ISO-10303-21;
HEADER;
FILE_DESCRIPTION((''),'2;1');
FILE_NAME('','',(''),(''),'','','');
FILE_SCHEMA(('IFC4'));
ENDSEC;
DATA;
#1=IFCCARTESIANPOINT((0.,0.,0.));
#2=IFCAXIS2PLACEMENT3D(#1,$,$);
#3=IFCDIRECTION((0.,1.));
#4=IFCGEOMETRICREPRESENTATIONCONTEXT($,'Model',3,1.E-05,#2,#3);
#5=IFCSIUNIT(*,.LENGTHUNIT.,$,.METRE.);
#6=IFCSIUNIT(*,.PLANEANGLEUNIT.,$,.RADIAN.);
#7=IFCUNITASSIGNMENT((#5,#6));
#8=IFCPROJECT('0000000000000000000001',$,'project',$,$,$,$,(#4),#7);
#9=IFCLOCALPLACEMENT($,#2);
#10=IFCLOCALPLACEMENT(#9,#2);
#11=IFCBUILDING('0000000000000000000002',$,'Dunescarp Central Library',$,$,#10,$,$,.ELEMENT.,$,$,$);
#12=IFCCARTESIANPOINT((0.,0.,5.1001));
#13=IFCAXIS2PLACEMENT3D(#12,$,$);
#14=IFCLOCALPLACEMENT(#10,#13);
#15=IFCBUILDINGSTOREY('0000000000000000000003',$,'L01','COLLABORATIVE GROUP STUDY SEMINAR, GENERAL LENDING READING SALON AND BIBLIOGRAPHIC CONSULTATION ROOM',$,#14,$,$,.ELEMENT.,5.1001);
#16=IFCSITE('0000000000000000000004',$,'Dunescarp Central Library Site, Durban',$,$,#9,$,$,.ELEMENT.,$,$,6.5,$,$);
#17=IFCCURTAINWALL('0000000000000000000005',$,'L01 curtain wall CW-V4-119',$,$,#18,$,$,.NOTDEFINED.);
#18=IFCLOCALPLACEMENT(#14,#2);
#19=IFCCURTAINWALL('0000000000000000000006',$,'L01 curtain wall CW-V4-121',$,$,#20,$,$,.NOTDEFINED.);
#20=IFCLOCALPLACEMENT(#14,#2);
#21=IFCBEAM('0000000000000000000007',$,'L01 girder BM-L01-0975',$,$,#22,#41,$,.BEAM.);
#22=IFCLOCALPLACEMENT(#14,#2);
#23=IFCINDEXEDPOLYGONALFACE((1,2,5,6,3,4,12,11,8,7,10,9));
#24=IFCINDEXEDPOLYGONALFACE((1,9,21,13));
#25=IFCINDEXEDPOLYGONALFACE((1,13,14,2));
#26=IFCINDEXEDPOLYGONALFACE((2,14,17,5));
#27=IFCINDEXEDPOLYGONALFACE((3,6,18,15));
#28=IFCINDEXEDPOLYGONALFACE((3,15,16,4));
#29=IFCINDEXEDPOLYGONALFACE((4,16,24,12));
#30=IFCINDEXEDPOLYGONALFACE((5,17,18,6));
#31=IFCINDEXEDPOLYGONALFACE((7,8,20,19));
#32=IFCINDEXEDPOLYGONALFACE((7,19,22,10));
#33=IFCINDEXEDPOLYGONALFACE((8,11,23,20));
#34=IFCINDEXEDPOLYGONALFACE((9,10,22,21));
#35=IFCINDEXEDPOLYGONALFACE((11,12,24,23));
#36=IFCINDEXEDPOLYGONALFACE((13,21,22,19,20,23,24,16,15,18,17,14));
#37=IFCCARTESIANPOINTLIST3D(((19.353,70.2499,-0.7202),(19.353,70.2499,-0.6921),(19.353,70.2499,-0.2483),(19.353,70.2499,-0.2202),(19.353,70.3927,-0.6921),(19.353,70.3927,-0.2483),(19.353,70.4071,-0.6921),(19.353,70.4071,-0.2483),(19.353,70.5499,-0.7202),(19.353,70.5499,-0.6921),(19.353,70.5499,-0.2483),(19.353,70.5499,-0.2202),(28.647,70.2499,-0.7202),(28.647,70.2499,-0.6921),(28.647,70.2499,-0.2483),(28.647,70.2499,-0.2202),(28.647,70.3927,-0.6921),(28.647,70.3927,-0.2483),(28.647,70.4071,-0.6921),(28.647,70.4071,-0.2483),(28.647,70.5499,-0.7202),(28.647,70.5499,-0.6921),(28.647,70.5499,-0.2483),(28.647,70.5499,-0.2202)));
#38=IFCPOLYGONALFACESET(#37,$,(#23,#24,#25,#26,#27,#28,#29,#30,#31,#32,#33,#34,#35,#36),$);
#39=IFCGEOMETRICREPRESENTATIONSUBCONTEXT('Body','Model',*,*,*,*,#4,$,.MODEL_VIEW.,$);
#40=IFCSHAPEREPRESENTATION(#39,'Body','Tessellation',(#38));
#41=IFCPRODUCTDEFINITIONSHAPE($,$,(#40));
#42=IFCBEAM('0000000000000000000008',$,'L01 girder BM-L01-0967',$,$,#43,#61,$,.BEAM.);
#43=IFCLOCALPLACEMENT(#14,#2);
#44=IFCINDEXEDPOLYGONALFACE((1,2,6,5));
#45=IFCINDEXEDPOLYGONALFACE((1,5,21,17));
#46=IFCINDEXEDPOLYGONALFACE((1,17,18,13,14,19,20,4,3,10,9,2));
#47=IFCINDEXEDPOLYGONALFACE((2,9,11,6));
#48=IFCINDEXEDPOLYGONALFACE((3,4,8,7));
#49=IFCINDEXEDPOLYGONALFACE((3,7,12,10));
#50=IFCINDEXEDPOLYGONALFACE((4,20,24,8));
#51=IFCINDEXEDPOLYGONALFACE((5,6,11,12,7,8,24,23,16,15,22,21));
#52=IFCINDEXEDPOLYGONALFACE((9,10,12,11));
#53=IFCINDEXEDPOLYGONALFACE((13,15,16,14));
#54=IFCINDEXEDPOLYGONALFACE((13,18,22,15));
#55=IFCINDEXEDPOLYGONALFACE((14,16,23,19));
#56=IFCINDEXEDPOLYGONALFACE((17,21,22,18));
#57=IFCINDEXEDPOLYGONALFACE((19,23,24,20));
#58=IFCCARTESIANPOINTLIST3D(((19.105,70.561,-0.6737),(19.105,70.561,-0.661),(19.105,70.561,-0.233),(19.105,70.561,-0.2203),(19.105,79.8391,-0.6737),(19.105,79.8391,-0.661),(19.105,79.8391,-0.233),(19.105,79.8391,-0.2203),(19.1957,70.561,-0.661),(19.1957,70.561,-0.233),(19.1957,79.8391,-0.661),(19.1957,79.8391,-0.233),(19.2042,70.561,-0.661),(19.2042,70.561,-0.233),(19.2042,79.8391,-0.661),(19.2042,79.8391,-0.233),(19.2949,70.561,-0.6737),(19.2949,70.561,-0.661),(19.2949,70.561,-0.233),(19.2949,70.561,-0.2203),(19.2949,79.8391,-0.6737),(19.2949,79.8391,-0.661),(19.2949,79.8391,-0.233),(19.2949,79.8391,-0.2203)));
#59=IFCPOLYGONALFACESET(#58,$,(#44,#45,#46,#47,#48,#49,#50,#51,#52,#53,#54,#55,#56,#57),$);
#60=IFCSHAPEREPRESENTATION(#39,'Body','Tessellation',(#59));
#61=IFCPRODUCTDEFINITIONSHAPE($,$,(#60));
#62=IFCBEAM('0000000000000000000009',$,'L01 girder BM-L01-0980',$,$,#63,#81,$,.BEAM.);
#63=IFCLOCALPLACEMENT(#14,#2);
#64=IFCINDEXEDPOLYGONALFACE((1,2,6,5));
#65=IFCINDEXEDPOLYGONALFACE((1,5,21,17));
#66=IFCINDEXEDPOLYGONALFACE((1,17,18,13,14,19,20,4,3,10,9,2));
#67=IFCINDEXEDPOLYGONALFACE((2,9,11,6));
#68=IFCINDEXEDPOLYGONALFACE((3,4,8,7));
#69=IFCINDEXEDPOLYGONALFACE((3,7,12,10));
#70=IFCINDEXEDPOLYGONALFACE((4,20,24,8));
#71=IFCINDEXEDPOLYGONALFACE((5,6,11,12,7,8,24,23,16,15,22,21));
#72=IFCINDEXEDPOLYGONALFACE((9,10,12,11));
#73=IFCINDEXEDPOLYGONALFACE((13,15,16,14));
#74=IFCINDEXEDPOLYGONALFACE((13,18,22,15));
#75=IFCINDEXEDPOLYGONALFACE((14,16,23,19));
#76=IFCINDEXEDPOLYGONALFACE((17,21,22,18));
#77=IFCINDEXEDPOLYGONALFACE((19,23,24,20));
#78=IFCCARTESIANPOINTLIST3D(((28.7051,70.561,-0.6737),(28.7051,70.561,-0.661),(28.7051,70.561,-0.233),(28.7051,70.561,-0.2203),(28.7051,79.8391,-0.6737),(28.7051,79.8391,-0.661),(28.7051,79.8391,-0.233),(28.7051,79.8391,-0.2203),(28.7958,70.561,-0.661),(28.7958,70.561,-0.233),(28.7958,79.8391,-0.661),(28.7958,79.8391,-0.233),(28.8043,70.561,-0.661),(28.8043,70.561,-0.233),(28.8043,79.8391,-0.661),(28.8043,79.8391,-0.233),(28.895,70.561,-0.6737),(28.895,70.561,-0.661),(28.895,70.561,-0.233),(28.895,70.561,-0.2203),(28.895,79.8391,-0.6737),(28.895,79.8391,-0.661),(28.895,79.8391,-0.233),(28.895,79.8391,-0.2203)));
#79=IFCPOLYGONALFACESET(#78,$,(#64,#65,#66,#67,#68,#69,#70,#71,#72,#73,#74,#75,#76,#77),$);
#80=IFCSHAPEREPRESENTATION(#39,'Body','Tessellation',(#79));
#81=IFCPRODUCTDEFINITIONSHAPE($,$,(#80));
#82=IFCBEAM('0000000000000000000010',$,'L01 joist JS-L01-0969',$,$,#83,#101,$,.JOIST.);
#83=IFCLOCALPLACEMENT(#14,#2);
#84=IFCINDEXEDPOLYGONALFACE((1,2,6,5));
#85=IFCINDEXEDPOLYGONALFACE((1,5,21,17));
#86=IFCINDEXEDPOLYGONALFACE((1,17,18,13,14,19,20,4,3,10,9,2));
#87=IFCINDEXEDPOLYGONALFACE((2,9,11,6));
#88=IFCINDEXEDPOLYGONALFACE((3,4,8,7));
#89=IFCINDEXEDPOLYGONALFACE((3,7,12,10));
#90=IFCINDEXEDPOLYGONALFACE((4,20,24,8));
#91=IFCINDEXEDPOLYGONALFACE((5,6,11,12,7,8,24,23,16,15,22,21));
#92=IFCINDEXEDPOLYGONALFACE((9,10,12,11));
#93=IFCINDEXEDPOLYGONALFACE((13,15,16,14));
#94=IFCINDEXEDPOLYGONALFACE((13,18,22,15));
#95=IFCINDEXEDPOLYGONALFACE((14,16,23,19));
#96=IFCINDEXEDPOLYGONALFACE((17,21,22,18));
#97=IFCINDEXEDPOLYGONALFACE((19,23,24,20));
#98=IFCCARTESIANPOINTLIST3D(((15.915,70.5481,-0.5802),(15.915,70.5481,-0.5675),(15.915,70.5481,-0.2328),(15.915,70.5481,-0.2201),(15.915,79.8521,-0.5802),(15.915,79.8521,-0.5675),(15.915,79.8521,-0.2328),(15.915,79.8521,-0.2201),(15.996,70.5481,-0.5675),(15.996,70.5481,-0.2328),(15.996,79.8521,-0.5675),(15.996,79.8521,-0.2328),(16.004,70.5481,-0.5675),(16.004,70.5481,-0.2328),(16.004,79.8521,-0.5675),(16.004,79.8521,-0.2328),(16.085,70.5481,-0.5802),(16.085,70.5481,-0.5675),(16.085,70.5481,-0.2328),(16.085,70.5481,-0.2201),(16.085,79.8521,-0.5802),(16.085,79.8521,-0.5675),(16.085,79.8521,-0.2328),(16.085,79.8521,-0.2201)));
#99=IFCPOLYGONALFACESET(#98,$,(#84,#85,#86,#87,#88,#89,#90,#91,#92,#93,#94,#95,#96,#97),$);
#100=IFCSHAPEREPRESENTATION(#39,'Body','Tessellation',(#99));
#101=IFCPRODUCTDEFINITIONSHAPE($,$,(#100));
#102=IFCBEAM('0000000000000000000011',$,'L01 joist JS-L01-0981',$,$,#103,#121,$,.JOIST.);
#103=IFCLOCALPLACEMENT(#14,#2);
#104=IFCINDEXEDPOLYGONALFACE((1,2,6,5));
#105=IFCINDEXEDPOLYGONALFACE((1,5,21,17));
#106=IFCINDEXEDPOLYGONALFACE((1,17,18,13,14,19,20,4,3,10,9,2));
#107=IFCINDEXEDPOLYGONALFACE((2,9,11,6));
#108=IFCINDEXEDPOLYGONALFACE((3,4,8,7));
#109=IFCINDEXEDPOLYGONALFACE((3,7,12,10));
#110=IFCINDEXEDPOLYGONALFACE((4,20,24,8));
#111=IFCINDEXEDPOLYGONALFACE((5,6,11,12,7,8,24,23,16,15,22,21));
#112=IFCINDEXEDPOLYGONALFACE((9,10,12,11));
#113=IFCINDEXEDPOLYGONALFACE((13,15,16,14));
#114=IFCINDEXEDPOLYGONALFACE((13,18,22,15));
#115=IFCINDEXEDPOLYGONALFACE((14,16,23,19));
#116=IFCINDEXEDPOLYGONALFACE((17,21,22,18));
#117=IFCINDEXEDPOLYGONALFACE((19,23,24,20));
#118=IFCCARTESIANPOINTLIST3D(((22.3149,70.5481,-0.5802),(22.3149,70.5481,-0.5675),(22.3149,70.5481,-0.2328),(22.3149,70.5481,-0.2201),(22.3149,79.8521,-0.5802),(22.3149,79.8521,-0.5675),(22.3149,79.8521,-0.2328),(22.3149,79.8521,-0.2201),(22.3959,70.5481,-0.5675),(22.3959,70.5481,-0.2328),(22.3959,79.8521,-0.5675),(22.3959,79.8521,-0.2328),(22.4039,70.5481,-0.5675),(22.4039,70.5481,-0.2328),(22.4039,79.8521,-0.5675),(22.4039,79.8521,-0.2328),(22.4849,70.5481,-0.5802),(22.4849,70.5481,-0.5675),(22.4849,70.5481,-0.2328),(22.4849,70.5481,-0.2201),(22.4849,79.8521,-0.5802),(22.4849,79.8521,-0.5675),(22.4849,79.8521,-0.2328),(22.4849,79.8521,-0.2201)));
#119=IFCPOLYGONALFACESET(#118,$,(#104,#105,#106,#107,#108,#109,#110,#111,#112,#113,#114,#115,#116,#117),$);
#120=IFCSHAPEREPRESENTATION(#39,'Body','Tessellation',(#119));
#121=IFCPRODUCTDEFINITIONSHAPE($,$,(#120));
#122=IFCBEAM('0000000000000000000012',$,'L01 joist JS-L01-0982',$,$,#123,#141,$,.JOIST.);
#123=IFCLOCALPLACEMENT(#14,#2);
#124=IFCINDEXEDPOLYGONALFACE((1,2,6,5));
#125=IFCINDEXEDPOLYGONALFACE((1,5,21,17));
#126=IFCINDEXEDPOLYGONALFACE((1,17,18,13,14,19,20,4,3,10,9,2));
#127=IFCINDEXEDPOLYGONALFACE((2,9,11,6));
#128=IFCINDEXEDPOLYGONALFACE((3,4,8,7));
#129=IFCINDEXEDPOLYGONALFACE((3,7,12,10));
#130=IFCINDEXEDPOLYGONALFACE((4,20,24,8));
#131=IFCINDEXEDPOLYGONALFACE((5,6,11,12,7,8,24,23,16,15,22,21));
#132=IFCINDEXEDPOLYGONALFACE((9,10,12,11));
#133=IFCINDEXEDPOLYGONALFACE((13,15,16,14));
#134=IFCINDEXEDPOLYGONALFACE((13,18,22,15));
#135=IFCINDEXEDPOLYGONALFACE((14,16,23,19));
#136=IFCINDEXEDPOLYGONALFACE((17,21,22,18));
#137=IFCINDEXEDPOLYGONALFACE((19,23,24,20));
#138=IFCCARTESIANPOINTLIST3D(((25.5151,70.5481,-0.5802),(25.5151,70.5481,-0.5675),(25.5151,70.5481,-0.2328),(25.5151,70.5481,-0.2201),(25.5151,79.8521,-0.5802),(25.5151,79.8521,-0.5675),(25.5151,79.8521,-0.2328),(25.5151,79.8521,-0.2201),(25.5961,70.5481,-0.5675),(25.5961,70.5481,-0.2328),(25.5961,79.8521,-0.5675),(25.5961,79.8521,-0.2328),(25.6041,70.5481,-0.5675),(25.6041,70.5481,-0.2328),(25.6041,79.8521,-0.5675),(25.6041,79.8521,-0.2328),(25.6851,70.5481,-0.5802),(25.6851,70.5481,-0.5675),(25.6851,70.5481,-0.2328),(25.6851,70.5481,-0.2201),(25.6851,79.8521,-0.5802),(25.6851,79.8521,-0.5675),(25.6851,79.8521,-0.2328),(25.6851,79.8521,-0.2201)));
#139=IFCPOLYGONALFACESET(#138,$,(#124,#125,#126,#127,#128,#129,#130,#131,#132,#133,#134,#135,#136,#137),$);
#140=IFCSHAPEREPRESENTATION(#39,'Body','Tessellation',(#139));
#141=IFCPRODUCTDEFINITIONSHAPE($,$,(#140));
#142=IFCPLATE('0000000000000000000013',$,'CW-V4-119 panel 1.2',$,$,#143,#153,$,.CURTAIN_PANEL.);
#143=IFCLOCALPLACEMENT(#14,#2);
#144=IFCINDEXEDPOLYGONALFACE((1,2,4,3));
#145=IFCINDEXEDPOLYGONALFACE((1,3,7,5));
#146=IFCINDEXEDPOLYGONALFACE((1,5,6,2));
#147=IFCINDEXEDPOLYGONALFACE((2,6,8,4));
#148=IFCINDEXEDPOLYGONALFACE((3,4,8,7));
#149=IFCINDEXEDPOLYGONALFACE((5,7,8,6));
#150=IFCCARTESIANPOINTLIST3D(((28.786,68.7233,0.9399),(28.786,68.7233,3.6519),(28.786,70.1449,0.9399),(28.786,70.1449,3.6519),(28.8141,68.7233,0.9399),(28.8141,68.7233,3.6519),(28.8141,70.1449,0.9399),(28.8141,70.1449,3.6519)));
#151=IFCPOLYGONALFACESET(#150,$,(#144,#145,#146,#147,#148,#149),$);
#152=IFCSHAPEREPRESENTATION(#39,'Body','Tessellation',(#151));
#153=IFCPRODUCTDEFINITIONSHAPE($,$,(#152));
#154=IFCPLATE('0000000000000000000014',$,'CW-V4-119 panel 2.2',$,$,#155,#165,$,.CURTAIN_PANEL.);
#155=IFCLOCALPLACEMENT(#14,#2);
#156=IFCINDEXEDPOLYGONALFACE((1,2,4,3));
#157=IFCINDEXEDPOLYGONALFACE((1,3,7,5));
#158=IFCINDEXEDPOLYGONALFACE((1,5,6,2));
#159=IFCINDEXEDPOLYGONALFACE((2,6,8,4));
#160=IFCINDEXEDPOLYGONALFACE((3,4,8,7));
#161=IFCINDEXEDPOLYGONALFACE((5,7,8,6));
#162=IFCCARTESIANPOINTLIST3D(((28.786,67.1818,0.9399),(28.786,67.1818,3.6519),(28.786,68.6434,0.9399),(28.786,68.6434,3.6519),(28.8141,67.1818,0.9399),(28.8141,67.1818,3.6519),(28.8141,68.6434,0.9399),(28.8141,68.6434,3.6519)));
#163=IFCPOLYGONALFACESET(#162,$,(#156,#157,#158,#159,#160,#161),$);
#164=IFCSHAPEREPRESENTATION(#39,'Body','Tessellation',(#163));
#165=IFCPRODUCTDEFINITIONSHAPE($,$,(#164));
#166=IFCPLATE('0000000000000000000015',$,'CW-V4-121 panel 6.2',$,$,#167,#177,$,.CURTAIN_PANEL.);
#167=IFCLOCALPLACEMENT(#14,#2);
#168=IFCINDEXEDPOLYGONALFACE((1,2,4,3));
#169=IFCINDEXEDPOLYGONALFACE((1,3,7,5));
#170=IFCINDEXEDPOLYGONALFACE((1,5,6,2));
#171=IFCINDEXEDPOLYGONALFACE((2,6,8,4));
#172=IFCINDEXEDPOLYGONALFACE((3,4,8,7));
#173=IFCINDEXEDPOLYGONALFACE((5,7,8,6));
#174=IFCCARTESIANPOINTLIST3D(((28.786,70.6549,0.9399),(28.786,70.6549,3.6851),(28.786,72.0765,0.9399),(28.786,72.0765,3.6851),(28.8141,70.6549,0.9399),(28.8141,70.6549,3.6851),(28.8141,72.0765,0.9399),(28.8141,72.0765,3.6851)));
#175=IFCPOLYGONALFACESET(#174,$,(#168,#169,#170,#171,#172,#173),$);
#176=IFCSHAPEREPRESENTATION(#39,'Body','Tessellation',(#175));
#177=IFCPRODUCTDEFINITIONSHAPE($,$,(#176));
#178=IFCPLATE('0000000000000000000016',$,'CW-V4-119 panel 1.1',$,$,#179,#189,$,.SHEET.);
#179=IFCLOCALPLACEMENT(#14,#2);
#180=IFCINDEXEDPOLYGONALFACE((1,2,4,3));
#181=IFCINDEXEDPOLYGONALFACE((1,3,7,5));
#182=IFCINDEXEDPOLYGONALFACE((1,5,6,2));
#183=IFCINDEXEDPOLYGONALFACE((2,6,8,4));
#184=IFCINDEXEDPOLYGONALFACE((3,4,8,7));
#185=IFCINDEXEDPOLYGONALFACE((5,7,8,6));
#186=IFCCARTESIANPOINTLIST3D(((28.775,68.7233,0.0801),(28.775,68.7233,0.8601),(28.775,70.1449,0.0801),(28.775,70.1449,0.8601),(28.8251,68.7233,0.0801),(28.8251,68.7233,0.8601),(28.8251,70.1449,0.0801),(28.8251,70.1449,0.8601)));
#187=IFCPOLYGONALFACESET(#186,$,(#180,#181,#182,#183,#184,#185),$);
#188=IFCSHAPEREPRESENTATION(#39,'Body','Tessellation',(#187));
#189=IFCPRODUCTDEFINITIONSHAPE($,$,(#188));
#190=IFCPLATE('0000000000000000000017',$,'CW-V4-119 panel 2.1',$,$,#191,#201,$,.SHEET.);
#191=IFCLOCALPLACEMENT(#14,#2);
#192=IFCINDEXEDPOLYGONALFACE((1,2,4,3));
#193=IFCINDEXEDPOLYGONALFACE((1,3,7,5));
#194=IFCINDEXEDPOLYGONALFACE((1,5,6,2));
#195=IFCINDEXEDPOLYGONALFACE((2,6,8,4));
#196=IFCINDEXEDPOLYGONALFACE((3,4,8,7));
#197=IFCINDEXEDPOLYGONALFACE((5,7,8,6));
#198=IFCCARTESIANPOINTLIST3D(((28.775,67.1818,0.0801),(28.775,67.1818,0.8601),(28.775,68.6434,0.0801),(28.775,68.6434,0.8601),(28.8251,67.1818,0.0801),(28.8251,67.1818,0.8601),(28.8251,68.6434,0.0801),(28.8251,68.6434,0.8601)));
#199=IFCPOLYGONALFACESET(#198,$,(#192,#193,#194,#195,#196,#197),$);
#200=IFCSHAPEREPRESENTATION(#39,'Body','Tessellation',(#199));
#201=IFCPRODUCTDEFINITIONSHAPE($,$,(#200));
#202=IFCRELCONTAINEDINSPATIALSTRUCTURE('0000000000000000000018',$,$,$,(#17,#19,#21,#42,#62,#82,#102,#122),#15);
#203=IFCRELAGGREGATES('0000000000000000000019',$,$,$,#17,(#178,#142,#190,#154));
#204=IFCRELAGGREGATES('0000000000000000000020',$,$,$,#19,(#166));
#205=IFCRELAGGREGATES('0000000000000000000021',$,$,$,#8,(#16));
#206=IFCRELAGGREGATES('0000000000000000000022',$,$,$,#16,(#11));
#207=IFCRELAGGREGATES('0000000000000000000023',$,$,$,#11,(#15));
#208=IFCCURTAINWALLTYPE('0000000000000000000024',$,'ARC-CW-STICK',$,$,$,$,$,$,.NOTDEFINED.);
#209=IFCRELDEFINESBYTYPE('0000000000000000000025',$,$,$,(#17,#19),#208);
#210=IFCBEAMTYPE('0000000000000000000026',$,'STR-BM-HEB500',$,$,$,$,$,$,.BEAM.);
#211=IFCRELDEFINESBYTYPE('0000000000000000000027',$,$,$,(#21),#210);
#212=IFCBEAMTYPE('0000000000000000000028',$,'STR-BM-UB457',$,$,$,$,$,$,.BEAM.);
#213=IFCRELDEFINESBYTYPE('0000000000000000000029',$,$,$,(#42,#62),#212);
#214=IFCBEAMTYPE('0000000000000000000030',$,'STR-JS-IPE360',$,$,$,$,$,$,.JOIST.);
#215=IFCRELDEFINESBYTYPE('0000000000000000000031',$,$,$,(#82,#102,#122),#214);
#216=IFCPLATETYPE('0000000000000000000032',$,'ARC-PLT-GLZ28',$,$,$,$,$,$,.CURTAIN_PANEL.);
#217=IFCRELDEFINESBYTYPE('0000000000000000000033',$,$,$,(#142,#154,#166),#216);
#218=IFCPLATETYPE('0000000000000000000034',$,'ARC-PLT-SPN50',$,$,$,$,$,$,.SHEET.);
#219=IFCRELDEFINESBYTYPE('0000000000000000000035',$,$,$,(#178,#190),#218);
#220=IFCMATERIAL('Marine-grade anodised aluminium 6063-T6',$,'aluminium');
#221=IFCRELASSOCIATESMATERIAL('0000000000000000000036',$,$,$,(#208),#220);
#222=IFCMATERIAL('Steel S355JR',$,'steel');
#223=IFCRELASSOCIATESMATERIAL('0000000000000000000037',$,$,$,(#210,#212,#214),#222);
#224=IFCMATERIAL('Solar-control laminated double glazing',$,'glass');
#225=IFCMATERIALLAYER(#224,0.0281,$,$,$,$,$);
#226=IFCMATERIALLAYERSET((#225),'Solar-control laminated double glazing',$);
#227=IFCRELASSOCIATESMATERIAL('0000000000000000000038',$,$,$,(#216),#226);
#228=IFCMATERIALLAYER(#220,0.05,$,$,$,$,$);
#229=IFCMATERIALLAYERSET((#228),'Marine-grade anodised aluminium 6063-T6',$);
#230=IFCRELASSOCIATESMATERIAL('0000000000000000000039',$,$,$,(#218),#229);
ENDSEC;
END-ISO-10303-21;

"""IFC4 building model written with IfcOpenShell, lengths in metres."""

from ifc_helpers import new_model, si_unit, direction, frame, origin, origin_2d, place, context, subcontext, project, spatial, rectangle, i_section, extrude, material, layer, layer_set, material_profile, profile_set, type_object, element, aggregate, save


model = new_model("IFC4")

# Units and contexts
model_context = context("Model", 3, precision=1e-05, world=origin(), true_north=direction((0.0, 1.0)))
body_context = subcontext(model_context, "Body", "Model", "MODEL_VIEW")
ifc_project = project(units=[si_unit("LENGTHUNIT", "METRE"), si_unit("PLANEANGLEUNIT", "RADIAN")], contexts=[model_context])

# Site, building, storey
site_placement = place(None, origin())
site = spatial("IfcSite", under=ifc_project, at=site_placement, Name="Dunescarp Central Library Site, Durban", CompositionType="ELEMENT", RefElevation=6.5)
building_placement = place(site_placement, origin())
building = spatial("IfcBuilding", under=site, at=building_placement, Name="Dunescarp Central Library", CompositionType="ELEMENT")
storey_placement = place(building_placement, frame((0.0, 0.0, 5.1001)))
storey = spatial("IfcBuildingStorey", under=building, at=storey_placement, Name="L01", Description="COLLABORATIVE GROUP STUDY SEMINAR, GENERAL LENDING READING SALON AND BIBLIOGRAPHIC CONSULTATION ROOM", CompositionType="ELEMENT", Elevation=5.1001)

# Shared definitions
ifc_material_1 = material(Name="Steel S355JR", Category="steel")

# Curtain wall
ifc_material_2 = material(Name="Marine-grade anodised aluminium 6063-T6", Category="aluminium")
curtain_wall_type = type_object("IfcCurtainWallType", Name="ARC-CW-STICK", PredefinedType="NOTDEFINED", material=ifc_material_2)
curtain_wall_1_placement = place(storey_placement, origin())
curtain_wall_1 = element("IfcCurtainWall", 1, at=curtain_wall_1_placement, inside=storey, type_object=curtain_wall_type, Name="L01 curtain wall CW-V4-119", PredefinedType="NOTDEFINED")

# Curtain wall
curtain_wall_2_placement = place(storey_placement, origin())
curtain_wall_2 = element("IfcCurtainWall", 2, at=curtain_wall_2_placement, inside=storey, type_object=curtain_wall_type, Name="L01 curtain wall CW-V4-121", PredefinedType="NOTDEFINED")

# Beams
ifc_material_profile_1 = material_profile(ifc_material_1, i_section(OverallWidth=0.3, OverallDepth=0.5, WebThickness=0.0144, FlangeThickness=0.0281, at=origin_2d()), Name="HEB 500")
ifc_profile_set_1 = profile_set([ifc_material_profile_1], Name="Steel S355JR")
beam_type_1 = type_object("IfcBeamType", Name="STR-BM-HEB500", PredefinedType="BEAM", material=ifc_profile_set_1)
beam_placement = place(storey_placement, frame((19.353, 70.3999, -0.4702), z_axis=(1.0, 0.0, 0.0), x_axis=(0.0, 1.0, 0.0)))
element("IfcBeam", 3, at=beam_placement, inside=storey, type_object=beam_type_1, Name="L01 girder BM-L01-0975", PredefinedType="BEAM", context=body_context, shape_type="SweptSolid", body=[
    extrude(i_section(OverallWidth=0.3, OverallDepth=0.5, WebThickness=0.0144, FlangeThickness=0.0281, at=origin_2d()), origin(), (0.0, 0.0, 1.0), 9.2939),
])
ifc_material_profile_2 = material_profile(ifc_material_1, i_section(OverallWidth=0.1899, OverallDepth=0.4534, WebThickness=0.0085, FlangeThickness=0.0127, at=origin_2d()), Name="UB 457x191x67")
ifc_profile_set_2 = profile_set([ifc_material_profile_2], Name="Steel S355JR")
beam_type_2 = type_object("IfcBeamType", Name="STR-BM-UB457", PredefinedType="BEAM", material=ifc_profile_set_2)
for number, where, z_axis, x_axis, name in (
    (4, (19.2, 70.561, -0.447), (0.0, 1.0, 0.0), (-1.0, 0.0, 0.0), "L01 girder BM-L01-0967"),
    (5, (28.8, 70.561, -0.447), (0.0, 1.0, 0.0), (-1.0, 0.0, 0.0), "L01 girder BM-L01-0980"),
):
    element("IfcBeam", number, at=place(storey_placement, frame(where, z_axis=z_axis, x_axis=x_axis)), inside=storey, type_object=beam_type_2, Name=name, PredefinedType="BEAM", context=body_context, shape_type="SweptSolid", body=[
        extrude(i_section(OverallWidth=0.1899, OverallDepth=0.4534, WebThickness=0.0085, FlangeThickness=0.0127, at=origin_2d()), origin(), (0.0, 0.0, 1.0), 9.2781),
    ])
ifc_material_profile_3 = material_profile(ifc_material_1, i_section(OverallWidth=0.1699, OverallDepth=0.3601, WebThickness=0.0081, FlangeThickness=0.0127, at=origin_2d()), Name="IPE 360")
ifc_profile_set_3 = profile_set([ifc_material_profile_3], Name="Steel S355JR")
beam_type_3 = type_object("IfcBeamType", Name="STR-JS-IPE360", PredefinedType="JOIST", material=ifc_profile_set_3)
for number, where, z_axis, x_axis, name in (
    (6, (16.0, 70.5481, -0.4001), (0.0, 1.0, 0.0), (-1.0, 0.0, 0.0), "L01 joist JS-L01-0969"),
    (7, (22.3999, 70.5481, -0.4001), (0.0, 1.0, 0.0), (-1.0, 0.0, 0.0), "L01 joist JS-L01-0981"),
    (8, (25.6001, 70.5481, -0.4001), (0.0, 1.0, 0.0), (-1.0, 0.0, 0.0), "L01 joist JS-L01-0982"),
):
    element("IfcBeam", number, at=place(storey_placement, frame(where, z_axis=z_axis, x_axis=x_axis)), inside=storey, type_object=beam_type_3, Name=name, PredefinedType="JOIST", context=body_context, shape_type="SweptSolid", body=[
        extrude(i_section(OverallWidth=0.1699, OverallDepth=0.3601, WebThickness=0.0081, FlangeThickness=0.0127, at=origin_2d()), origin(), (0.0, 0.0, 1.0), 9.304),
    ])

# Plates
ifc_material_3 = material(Name="Solar-control laminated double glazing", Category="glass")
ifc_layer_1 = layer(ifc_material_3, 0.0281)
ifc_layer_set_1 = layer_set([ifc_layer_1], Name="Solar-control laminated double glazing")
plate_type_1 = type_object("IfcPlateType", Name="ARC-PLT-GLZ28", PredefinedType="CURTAIN_PANEL", material=ifc_layer_set_1)
plate_1_placement = place(storey_placement, frame((28.8, 69.4341, 0.9399), z_axis=(0.0, 0.0, 1.0), x_axis=(0.0, -1.0, 0.0)))
plate_1 = element("IfcPlate", 9, at=plate_1_placement, type_object=plate_type_1, Name="CW-V4-119 panel 1.2", PredefinedType="CURTAIN_PANEL", context=body_context, shape_type="SweptSolid", body=[
    extrude(rectangle(XDim=1.4216, YDim=0.0281, at=origin_2d()), origin(), (0.0, 0.0, 1.0), 2.7119),
])
plate_2_placement = place(storey_placement, frame((28.8, 67.9126, 0.9399), z_axis=(0.0, 0.0, 1.0), x_axis=(0.0, -1.0, 0.0)))
plate_2 = element("IfcPlate", 10, at=plate_2_placement, type_object=plate_type_1, Name="CW-V4-119 panel 2.2", PredefinedType="CURTAIN_PANEL", context=body_context, shape_type="SweptSolid", body=[
    extrude(rectangle(XDim=1.4617, YDim=0.0281, at=origin_2d()), origin(), (0.0, 0.0, 1.0), 2.7119),
])
plate_3_placement = place(storey_placement, frame((28.8, 71.3657, 0.9399), z_axis=(0.0, 0.0, 1.0), x_axis=(0.0, -1.0, 0.0)))
plate_3 = element("IfcPlate", 11, at=plate_3_placement, type_object=plate_type_1, Name="CW-V4-121 panel 6.2", PredefinedType="CURTAIN_PANEL", context=body_context, shape_type="SweptSolid", body=[
    extrude(rectangle(XDim=1.4216, YDim=0.0281, at=origin_2d()), origin(), (0.0, 0.0, 1.0), 2.7451),
])
ifc_layer_2 = layer(ifc_material_2, 0.05)
ifc_layer_set_2 = layer_set([ifc_layer_2], Name="Marine-grade anodised aluminium 6063-T6")
plate_type_2 = type_object("IfcPlateType", Name="ARC-PLT-SPN50", PredefinedType="SHEET", material=ifc_layer_set_2)
plate_4_placement = place(storey_placement, frame((28.8, 69.4341, 0.0801), z_axis=(0.0, 0.0, 1.0), x_axis=(0.0, -1.0, 0.0)))
plate_4 = element("IfcPlate", 12, at=plate_4_placement, type_object=plate_type_2, Name="CW-V4-119 panel 1.1", PredefinedType="SHEET", context=body_context, shape_type="SweptSolid", body=[
    extrude(rectangle(XDim=1.4216, YDim=0.05, at=origin_2d()), origin(), (0.0, 0.0, 1.0), 0.78),
])
plate_5_placement = place(storey_placement, frame((28.8, 67.9126, 0.0801), z_axis=(0.0, 0.0, 1.0), x_axis=(0.0, -1.0, 0.0)))
plate_5 = element("IfcPlate", 13, at=plate_5_placement, type_object=plate_type_2, Name="CW-V4-119 panel 2.1", PredefinedType="SHEET", context=body_context, shape_type="SweptSolid", body=[
    extrude(rectangle(XDim=1.4617, YDim=0.05, at=origin_2d()), origin(), (0.0, 0.0, 1.0), 0.78),
])
aggregate(curtain_wall_1, [plate_4, plate_1, plate_5, plate_2])
aggregate(curtain_wall_2, [plate_3])

save(model, "model.ifc")
